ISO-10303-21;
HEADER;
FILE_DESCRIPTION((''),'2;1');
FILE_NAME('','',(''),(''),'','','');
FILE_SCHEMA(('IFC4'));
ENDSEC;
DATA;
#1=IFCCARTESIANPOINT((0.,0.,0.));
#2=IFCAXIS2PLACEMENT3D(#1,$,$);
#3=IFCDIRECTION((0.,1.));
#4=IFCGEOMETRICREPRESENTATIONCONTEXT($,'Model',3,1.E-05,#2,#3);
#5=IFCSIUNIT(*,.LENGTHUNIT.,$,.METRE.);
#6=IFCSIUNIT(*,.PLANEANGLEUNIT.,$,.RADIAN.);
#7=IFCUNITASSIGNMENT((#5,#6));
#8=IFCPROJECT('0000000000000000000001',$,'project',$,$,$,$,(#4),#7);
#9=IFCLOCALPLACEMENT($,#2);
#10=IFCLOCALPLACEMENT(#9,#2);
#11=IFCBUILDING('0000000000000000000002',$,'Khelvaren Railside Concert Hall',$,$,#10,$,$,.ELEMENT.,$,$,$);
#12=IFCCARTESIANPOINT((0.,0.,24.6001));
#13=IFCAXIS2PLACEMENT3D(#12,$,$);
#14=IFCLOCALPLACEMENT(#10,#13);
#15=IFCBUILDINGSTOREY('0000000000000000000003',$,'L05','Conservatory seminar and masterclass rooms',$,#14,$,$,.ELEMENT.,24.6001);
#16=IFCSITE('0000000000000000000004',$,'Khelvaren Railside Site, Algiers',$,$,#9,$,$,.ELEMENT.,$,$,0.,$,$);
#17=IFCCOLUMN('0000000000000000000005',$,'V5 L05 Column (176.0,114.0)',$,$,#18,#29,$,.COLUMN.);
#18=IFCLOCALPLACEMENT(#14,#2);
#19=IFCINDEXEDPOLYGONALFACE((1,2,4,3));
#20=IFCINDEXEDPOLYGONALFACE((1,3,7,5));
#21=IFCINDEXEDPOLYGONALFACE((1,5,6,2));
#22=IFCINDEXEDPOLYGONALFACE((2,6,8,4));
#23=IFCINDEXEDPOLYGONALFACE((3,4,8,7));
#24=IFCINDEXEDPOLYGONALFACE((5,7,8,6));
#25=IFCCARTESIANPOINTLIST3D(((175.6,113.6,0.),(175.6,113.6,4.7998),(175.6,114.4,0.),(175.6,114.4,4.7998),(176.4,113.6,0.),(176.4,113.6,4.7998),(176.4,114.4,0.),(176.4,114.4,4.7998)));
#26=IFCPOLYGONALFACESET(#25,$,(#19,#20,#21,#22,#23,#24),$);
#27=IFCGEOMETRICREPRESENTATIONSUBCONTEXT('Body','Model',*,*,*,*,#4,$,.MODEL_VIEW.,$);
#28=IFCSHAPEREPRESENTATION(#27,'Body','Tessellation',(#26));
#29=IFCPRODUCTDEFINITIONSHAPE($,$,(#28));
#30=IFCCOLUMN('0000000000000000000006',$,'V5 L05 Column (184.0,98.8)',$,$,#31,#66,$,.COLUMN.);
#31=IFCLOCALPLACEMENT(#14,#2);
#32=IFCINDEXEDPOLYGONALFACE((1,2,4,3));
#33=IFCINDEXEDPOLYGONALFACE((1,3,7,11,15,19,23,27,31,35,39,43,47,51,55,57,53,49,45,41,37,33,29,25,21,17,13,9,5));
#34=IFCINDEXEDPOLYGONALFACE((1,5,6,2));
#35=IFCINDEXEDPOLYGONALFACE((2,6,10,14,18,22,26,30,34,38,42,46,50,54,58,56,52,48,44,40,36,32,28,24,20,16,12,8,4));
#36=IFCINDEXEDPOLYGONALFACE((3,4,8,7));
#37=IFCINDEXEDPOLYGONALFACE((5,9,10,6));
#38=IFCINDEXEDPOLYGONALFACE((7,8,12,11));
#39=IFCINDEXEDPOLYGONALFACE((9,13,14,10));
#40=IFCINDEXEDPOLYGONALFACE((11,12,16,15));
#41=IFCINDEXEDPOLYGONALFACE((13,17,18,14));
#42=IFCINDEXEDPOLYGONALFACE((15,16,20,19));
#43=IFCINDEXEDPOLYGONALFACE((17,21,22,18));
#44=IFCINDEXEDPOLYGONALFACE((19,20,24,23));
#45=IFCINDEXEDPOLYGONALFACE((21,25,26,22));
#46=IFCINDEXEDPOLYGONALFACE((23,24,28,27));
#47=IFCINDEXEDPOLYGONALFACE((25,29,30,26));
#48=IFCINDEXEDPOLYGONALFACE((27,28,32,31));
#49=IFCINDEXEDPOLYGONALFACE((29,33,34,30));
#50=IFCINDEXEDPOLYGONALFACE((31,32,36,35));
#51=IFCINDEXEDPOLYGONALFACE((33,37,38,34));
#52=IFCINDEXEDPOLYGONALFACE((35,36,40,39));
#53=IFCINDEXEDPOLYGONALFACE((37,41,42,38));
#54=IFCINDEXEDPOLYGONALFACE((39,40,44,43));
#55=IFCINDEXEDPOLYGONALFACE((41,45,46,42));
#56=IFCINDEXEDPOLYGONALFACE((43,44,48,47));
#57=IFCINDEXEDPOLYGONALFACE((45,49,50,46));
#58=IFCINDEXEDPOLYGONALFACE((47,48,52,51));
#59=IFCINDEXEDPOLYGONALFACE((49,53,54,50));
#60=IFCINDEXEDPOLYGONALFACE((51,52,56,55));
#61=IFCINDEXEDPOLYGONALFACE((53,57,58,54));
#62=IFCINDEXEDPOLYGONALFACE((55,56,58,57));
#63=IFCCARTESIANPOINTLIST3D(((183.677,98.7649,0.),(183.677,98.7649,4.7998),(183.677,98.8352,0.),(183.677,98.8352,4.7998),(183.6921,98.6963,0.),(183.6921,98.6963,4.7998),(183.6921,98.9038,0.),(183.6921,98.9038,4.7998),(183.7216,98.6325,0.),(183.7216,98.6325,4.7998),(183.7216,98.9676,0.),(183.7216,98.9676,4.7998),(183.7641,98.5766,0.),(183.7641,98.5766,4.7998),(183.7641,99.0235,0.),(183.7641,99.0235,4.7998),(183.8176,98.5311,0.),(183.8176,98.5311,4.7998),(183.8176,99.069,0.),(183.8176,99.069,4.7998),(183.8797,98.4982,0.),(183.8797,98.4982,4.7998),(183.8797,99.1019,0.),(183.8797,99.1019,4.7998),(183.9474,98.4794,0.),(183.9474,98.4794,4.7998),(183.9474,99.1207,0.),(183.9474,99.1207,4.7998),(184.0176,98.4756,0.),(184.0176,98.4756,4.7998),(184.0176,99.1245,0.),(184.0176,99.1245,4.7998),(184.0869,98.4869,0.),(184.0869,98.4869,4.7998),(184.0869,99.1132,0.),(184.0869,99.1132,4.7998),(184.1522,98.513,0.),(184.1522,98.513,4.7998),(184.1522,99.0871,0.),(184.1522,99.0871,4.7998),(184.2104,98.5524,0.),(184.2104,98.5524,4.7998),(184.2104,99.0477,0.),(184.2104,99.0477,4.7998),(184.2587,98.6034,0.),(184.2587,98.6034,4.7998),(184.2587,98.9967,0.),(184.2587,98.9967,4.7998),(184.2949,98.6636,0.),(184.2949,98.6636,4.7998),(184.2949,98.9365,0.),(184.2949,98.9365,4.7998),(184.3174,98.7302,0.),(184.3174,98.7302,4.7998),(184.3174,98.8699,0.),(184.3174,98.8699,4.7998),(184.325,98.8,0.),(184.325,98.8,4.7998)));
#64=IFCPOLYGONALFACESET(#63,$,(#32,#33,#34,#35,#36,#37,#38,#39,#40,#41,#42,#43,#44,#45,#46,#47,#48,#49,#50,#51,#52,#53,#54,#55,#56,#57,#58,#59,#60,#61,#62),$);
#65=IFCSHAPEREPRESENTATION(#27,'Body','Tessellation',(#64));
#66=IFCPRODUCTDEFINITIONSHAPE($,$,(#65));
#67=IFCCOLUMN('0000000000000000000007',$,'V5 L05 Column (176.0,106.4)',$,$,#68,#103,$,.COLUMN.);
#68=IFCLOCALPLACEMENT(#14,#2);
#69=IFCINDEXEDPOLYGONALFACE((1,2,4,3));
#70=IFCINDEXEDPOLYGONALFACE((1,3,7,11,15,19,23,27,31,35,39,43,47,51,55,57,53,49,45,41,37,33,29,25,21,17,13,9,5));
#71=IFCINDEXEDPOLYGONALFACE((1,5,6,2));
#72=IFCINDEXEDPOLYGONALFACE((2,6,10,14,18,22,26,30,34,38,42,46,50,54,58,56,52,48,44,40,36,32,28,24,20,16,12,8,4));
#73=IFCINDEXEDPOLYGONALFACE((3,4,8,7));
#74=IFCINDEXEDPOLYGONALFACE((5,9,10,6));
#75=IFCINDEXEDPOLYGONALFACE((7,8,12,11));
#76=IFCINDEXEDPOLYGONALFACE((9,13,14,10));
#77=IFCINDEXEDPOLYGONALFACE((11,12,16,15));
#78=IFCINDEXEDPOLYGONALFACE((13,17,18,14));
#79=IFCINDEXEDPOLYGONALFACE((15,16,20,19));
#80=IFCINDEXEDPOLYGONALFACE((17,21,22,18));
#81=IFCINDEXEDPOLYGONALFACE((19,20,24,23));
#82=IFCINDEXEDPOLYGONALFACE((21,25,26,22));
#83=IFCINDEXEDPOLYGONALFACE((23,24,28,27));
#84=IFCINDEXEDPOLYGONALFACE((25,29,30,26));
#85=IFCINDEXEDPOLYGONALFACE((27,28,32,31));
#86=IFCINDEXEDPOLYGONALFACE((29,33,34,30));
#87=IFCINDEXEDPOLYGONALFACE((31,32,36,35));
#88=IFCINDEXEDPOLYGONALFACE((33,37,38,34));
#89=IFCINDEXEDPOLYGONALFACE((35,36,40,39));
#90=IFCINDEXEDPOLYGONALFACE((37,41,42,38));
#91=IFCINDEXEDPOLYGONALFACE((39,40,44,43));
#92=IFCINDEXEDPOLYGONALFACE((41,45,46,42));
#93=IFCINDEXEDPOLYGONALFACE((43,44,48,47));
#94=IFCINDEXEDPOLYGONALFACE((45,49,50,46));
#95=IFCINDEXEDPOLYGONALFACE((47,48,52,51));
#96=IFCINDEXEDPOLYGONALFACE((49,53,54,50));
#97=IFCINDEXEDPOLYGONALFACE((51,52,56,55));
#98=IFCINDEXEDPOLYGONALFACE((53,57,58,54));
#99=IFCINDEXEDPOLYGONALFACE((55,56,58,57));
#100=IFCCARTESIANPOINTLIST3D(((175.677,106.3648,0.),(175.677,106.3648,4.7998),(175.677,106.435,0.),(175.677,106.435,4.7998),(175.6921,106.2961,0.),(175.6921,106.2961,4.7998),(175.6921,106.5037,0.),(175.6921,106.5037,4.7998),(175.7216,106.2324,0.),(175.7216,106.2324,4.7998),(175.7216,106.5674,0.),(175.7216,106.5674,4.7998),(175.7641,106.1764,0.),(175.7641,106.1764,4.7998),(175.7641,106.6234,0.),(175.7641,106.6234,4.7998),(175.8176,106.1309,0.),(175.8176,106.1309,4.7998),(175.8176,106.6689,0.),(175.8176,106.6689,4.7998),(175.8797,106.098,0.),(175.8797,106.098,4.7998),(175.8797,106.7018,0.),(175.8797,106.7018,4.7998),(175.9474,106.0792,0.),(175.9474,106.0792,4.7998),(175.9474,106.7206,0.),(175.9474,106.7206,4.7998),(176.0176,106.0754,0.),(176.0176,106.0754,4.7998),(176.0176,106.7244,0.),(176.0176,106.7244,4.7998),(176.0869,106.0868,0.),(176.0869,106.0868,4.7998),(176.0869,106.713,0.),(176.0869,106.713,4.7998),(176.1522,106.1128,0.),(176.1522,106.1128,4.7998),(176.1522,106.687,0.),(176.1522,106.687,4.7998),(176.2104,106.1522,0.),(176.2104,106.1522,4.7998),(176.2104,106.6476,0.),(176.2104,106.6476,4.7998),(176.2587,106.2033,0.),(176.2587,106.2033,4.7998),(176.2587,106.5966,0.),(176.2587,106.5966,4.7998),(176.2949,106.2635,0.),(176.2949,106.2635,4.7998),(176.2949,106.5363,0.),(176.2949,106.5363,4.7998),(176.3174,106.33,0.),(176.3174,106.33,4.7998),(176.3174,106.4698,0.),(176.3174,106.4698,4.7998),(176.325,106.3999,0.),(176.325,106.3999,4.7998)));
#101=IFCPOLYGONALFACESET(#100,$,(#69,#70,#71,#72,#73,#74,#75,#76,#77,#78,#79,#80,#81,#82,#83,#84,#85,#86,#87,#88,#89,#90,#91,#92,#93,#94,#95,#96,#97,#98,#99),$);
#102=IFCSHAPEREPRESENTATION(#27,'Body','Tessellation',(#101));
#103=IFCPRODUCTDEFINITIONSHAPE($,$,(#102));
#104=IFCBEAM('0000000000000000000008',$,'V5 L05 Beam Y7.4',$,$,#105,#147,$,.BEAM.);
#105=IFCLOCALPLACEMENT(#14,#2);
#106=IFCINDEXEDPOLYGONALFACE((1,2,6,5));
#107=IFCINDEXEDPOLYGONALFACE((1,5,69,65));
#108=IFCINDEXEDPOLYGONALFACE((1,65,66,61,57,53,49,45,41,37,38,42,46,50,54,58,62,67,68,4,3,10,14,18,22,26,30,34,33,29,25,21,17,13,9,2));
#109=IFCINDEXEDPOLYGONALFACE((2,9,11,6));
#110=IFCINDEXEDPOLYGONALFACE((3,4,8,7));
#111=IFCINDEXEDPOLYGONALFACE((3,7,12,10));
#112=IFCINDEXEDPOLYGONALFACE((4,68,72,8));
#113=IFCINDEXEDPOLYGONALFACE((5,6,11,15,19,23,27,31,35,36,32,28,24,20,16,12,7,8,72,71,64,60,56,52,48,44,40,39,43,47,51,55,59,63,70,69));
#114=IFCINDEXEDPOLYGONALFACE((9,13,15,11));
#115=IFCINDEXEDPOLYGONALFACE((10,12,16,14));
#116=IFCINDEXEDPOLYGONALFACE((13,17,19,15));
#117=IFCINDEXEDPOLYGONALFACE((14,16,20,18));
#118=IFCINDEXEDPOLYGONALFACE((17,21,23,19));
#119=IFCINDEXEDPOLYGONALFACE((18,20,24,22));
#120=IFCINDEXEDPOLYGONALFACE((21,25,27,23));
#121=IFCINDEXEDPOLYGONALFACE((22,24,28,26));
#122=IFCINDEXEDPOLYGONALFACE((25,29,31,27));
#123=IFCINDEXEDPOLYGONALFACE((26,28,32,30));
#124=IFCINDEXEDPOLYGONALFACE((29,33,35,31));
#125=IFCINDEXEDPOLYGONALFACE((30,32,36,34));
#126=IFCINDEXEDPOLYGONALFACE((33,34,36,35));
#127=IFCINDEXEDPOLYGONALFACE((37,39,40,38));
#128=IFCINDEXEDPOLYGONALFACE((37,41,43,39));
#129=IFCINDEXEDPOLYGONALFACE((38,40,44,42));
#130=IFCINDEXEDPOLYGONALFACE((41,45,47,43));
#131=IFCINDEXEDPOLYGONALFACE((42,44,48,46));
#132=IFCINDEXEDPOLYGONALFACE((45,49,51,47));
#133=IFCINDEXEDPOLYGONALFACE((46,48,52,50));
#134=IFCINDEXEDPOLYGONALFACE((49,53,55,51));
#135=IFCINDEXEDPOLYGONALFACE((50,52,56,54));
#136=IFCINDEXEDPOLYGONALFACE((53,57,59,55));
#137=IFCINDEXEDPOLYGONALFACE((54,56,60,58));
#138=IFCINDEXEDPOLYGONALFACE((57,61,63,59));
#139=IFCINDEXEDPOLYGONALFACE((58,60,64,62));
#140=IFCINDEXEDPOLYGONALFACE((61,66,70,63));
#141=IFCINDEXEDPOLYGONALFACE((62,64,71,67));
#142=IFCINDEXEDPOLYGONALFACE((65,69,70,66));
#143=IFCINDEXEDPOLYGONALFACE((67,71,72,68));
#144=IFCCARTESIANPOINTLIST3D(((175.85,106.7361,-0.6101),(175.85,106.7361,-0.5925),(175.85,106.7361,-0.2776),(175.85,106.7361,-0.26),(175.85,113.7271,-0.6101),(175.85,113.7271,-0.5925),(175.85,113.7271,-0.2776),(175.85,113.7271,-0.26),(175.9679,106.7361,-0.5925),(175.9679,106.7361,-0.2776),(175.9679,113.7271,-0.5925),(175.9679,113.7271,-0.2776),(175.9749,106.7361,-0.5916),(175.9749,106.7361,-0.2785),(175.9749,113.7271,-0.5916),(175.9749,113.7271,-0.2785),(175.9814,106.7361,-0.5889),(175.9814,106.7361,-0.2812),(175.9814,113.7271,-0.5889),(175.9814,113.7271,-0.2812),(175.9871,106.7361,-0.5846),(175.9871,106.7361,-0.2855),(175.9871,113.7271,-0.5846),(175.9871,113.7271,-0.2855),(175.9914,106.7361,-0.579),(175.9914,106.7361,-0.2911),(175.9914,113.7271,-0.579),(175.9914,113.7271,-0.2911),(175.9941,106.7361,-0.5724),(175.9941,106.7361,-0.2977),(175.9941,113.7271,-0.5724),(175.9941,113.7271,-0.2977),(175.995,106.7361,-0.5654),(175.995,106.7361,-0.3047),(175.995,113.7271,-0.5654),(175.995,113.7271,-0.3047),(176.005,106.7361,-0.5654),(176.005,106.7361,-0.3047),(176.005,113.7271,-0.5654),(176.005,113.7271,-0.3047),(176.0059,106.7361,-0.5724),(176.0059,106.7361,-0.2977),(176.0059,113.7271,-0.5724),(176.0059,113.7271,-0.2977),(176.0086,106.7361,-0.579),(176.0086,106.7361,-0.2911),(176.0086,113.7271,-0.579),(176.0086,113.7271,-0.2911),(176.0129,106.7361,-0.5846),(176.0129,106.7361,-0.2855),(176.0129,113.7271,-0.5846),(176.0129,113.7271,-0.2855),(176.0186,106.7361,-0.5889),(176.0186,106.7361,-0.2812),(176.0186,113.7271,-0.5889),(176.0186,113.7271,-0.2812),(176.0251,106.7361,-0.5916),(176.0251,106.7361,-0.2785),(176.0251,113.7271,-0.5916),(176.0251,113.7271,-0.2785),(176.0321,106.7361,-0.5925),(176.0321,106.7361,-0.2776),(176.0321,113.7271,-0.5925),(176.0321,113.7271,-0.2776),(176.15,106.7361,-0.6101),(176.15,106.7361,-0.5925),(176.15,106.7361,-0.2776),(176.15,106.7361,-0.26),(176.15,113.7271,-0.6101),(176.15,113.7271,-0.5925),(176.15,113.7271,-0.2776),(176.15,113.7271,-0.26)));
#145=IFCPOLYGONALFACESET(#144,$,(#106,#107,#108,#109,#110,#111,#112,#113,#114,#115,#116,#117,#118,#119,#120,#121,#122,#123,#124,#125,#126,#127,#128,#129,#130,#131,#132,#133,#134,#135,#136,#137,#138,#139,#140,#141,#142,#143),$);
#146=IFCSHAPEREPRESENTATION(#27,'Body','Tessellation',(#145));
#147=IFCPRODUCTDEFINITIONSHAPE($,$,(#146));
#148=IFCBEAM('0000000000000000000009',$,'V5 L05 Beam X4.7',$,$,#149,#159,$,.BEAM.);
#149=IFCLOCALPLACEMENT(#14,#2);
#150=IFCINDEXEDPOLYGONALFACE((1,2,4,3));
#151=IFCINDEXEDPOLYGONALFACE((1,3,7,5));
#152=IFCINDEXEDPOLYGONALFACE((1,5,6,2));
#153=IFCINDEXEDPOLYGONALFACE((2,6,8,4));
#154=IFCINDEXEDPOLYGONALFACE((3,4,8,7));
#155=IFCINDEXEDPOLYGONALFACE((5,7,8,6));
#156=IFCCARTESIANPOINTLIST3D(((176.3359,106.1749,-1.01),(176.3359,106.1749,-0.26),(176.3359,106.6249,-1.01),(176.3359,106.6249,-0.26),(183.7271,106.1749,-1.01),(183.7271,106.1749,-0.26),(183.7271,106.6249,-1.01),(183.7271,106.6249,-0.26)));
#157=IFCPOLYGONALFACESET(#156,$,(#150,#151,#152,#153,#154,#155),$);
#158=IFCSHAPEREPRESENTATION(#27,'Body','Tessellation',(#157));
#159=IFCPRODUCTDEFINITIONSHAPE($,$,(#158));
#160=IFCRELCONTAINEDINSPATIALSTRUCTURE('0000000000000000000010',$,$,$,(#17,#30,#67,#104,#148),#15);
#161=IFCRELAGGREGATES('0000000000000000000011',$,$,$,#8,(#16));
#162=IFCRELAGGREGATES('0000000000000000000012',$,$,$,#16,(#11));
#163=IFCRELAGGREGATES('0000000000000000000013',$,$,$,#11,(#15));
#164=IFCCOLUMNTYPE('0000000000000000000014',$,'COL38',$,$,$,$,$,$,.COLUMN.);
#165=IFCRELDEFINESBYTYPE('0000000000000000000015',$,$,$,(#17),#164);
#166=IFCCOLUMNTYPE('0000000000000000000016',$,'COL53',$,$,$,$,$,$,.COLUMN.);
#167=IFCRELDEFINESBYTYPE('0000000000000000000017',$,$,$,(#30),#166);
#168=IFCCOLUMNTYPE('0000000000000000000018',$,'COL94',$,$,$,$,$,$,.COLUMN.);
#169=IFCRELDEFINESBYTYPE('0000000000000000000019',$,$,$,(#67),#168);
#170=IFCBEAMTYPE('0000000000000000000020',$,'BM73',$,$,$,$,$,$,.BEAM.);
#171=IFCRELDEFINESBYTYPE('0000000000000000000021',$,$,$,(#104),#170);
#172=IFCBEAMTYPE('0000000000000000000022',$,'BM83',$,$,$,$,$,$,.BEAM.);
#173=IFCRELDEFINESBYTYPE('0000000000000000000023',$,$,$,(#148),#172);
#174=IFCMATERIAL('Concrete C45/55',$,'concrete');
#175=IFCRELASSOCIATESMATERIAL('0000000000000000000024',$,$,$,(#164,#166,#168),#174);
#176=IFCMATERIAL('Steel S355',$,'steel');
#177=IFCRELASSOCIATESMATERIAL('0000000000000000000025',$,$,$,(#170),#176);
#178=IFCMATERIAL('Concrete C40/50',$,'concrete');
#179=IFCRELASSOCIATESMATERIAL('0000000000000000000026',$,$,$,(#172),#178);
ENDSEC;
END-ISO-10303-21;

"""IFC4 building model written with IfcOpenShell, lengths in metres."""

from ifc_helpers import new_model, si_unit, direction, frame, origin, origin_2d, place, context, subcontext, project, spatial, rectangle, circle, i_section, extrude, material, material_profile, profile_set, type_object, element, save


model = new_model("IFC4")

# Units and contexts
model_context = context("Model", 3, precision=1e-05, world=origin(), true_north=direction((0.0, 1.0)))
body_context = subcontext(model_context, "Body", "Model", "MODEL_VIEW")
ifc_project = project(units=[si_unit("LENGTHUNIT", "METRE"), si_unit("PLANEANGLEUNIT", "RADIAN")], contexts=[model_context])

# Site, building, storey
site_placement = place(None, origin())
site = spatial("IfcSite", under=ifc_project, at=site_placement, Name="Khelvaren Railside Site, Algiers", CompositionType="ELEMENT", RefElevation=0.0)
building_placement = place(site_placement, origin())
building = spatial("IfcBuilding", under=site, at=building_placement, Name="Khelvaren Railside Concert Hall", CompositionType="ELEMENT")
storey_placement = place(building_placement, frame((0.0, 0.0, 24.6001)))
storey = spatial("IfcBuildingStorey", under=building, at=storey_placement, Name="L05", Description="Conservatory seminar and masterclass rooms", CompositionType="ELEMENT", Elevation=24.6001)

# Columns
ifc_material_1 = material(Name="Concrete C45/55", Category="concrete")
ifc_material_profile_1 = material_profile(ifc_material_1, rectangle(XDim=0.8, YDim=0.8, at=origin_2d()), Name="RC 800x800")
ifc_profile_set_1 = profile_set([ifc_material_profile_1], Name="Concrete C45/55")
column_type_1 = type_object("IfcColumnType", Name="COL38", PredefinedType="COLUMN", material=ifc_profile_set_1)
column_1_placement = place(storey_placement, frame((176.0, 114.0, 0.0), z_axis=(0.0, 0.0, 1.0), x_axis=(1.0, 0.0, 0.0)))
element("IfcColumn", 1, at=column_1_placement, inside=storey, type_object=column_type_1, Name="V5 L05 Column (176.0,114.0)", PredefinedType="COLUMN", context=body_context, shape_type="SweptSolid", body=[
    extrude(rectangle(XDim=0.8, YDim=0.8, at=origin_2d()), origin(), (0.0, 0.0, 1.0), 4.7998),
])
ifc_material_profile_2 = material_profile(ifc_material_1, circle(Radius=0.325, at=origin_2d()), Name="RC D650")
ifc_profile_set_2 = profile_set([ifc_material_profile_2], Name="Concrete C45/55")
column_type_2 = type_object("IfcColumnType", Name="COL53", PredefinedType="COLUMN", material=ifc_profile_set_2)
column_2_placement = place(storey_placement, frame((184.0, 98.8, 0.0), z_axis=(0.0, 0.0, 1.0), x_axis=(1.0, 0.0, 0.0)))
element("IfcColumn", 2, at=column_2_placement, inside=storey, type_object=column_type_2, Name="V5 L05 Column (184.0,98.8)", PredefinedType="COLUMN", context=body_context, shape_type="SweptSolid", body=[
    extrude(circle(Radius=0.325, at=origin_2d()), origin(), (0.0, 0.0, 1.0), 4.7998),
])
ifc_material_profile_3 = material_profile(ifc_material_1, circle(Radius=0.325, at=origin_2d()), Name="RC D650")
ifc_profile_set_3 = profile_set([ifc_material_profile_3], Name="Concrete C45/55")
column_type_3 = type_object("IfcColumnType", Name="COL94", PredefinedType="COLUMN", material=ifc_profile_set_3)
column_3_placement = place(storey_placement, frame((176.0, 106.3999, 0.0), z_axis=(0.0, 0.0, 1.0), x_axis=(1.0, 0.0, 0.0)))
element("IfcColumn", 3, at=column_3_placement, inside=storey, type_object=column_type_3, Name="V5 L05 Column (176.0,106.4)", PredefinedType="COLUMN", context=body_context, shape_type="SweptSolid", body=[
    extrude(circle(Radius=0.325, at=origin_2d()), origin(), (0.0, 0.0, 1.0), 4.7998),
])

# Beams
ifc_material_2 = material(Name="Steel S355", Category="steel")
ifc_material_profile_4 = material_profile(ifc_material_2, i_section(OverallWidth=0.3, OverallDepth=0.3501, WebThickness=0.01, FlangeThickness=0.0176, FilletRadius=0.0271, at=origin_2d()), Name="HEA 360")
ifc_profile_set_4 = profile_set([ifc_material_profile_4], Name="Steel S355")
beam_type_1 = type_object("IfcBeamType", Name="BM73", PredefinedType="BEAM", material=ifc_profile_set_4)
beam_1_placement = place(storey_placement, frame((176.0, 106.7361, -0.4351), z_axis=(0.0, 1.0, 0.0), x_axis=(-1.0, 0.0, 0.0)))
element("IfcBeam", 4, at=beam_1_placement, inside=storey, type_object=beam_type_1, Name="V5 L05 Beam Y7.4", PredefinedType="BEAM", context=body_context, shape_type="SweptSolid", body=[
    extrude(i_section(OverallWidth=0.3, OverallDepth=0.3501, WebThickness=0.01, FlangeThickness=0.0176, FilletRadius=0.0271, at=origin_2d()), origin(), (0.0, 0.0, 1.0), 6.991),
])
ifc_material_3 = material(Name="Concrete C40/50", Category="concrete")
ifc_material_profile_5 = material_profile(ifc_material_3, rectangle(XDim=0.45, YDim=0.75, at=origin_2d()), Name="RCB 450x750")
ifc_profile_set_5 = profile_set([ifc_material_profile_5], Name="Concrete C40/50")
beam_type_2 = type_object("IfcBeamType", Name="BM83", PredefinedType="BEAM", material=ifc_profile_set_5)
beam_2_placement = place(storey_placement, frame((176.3359, 106.3999, -0.635), z_axis=(1.0, 0.0, 0.0), x_axis=(0.0, 1.0, 0.0)))
element("IfcBeam", 5, at=beam_2_placement, inside=storey, type_object=beam_type_2, Name="V5 L05 Beam X4.7", PredefinedType="BEAM", context=body_context, shape_type="SweptSolid", body=[
    extrude(rectangle(XDim=0.45, YDim=0.75, at=origin_2d()), origin(), (0.0, 0.0, 1.0), 7.3911),
])

save(model, "model.ifc")
